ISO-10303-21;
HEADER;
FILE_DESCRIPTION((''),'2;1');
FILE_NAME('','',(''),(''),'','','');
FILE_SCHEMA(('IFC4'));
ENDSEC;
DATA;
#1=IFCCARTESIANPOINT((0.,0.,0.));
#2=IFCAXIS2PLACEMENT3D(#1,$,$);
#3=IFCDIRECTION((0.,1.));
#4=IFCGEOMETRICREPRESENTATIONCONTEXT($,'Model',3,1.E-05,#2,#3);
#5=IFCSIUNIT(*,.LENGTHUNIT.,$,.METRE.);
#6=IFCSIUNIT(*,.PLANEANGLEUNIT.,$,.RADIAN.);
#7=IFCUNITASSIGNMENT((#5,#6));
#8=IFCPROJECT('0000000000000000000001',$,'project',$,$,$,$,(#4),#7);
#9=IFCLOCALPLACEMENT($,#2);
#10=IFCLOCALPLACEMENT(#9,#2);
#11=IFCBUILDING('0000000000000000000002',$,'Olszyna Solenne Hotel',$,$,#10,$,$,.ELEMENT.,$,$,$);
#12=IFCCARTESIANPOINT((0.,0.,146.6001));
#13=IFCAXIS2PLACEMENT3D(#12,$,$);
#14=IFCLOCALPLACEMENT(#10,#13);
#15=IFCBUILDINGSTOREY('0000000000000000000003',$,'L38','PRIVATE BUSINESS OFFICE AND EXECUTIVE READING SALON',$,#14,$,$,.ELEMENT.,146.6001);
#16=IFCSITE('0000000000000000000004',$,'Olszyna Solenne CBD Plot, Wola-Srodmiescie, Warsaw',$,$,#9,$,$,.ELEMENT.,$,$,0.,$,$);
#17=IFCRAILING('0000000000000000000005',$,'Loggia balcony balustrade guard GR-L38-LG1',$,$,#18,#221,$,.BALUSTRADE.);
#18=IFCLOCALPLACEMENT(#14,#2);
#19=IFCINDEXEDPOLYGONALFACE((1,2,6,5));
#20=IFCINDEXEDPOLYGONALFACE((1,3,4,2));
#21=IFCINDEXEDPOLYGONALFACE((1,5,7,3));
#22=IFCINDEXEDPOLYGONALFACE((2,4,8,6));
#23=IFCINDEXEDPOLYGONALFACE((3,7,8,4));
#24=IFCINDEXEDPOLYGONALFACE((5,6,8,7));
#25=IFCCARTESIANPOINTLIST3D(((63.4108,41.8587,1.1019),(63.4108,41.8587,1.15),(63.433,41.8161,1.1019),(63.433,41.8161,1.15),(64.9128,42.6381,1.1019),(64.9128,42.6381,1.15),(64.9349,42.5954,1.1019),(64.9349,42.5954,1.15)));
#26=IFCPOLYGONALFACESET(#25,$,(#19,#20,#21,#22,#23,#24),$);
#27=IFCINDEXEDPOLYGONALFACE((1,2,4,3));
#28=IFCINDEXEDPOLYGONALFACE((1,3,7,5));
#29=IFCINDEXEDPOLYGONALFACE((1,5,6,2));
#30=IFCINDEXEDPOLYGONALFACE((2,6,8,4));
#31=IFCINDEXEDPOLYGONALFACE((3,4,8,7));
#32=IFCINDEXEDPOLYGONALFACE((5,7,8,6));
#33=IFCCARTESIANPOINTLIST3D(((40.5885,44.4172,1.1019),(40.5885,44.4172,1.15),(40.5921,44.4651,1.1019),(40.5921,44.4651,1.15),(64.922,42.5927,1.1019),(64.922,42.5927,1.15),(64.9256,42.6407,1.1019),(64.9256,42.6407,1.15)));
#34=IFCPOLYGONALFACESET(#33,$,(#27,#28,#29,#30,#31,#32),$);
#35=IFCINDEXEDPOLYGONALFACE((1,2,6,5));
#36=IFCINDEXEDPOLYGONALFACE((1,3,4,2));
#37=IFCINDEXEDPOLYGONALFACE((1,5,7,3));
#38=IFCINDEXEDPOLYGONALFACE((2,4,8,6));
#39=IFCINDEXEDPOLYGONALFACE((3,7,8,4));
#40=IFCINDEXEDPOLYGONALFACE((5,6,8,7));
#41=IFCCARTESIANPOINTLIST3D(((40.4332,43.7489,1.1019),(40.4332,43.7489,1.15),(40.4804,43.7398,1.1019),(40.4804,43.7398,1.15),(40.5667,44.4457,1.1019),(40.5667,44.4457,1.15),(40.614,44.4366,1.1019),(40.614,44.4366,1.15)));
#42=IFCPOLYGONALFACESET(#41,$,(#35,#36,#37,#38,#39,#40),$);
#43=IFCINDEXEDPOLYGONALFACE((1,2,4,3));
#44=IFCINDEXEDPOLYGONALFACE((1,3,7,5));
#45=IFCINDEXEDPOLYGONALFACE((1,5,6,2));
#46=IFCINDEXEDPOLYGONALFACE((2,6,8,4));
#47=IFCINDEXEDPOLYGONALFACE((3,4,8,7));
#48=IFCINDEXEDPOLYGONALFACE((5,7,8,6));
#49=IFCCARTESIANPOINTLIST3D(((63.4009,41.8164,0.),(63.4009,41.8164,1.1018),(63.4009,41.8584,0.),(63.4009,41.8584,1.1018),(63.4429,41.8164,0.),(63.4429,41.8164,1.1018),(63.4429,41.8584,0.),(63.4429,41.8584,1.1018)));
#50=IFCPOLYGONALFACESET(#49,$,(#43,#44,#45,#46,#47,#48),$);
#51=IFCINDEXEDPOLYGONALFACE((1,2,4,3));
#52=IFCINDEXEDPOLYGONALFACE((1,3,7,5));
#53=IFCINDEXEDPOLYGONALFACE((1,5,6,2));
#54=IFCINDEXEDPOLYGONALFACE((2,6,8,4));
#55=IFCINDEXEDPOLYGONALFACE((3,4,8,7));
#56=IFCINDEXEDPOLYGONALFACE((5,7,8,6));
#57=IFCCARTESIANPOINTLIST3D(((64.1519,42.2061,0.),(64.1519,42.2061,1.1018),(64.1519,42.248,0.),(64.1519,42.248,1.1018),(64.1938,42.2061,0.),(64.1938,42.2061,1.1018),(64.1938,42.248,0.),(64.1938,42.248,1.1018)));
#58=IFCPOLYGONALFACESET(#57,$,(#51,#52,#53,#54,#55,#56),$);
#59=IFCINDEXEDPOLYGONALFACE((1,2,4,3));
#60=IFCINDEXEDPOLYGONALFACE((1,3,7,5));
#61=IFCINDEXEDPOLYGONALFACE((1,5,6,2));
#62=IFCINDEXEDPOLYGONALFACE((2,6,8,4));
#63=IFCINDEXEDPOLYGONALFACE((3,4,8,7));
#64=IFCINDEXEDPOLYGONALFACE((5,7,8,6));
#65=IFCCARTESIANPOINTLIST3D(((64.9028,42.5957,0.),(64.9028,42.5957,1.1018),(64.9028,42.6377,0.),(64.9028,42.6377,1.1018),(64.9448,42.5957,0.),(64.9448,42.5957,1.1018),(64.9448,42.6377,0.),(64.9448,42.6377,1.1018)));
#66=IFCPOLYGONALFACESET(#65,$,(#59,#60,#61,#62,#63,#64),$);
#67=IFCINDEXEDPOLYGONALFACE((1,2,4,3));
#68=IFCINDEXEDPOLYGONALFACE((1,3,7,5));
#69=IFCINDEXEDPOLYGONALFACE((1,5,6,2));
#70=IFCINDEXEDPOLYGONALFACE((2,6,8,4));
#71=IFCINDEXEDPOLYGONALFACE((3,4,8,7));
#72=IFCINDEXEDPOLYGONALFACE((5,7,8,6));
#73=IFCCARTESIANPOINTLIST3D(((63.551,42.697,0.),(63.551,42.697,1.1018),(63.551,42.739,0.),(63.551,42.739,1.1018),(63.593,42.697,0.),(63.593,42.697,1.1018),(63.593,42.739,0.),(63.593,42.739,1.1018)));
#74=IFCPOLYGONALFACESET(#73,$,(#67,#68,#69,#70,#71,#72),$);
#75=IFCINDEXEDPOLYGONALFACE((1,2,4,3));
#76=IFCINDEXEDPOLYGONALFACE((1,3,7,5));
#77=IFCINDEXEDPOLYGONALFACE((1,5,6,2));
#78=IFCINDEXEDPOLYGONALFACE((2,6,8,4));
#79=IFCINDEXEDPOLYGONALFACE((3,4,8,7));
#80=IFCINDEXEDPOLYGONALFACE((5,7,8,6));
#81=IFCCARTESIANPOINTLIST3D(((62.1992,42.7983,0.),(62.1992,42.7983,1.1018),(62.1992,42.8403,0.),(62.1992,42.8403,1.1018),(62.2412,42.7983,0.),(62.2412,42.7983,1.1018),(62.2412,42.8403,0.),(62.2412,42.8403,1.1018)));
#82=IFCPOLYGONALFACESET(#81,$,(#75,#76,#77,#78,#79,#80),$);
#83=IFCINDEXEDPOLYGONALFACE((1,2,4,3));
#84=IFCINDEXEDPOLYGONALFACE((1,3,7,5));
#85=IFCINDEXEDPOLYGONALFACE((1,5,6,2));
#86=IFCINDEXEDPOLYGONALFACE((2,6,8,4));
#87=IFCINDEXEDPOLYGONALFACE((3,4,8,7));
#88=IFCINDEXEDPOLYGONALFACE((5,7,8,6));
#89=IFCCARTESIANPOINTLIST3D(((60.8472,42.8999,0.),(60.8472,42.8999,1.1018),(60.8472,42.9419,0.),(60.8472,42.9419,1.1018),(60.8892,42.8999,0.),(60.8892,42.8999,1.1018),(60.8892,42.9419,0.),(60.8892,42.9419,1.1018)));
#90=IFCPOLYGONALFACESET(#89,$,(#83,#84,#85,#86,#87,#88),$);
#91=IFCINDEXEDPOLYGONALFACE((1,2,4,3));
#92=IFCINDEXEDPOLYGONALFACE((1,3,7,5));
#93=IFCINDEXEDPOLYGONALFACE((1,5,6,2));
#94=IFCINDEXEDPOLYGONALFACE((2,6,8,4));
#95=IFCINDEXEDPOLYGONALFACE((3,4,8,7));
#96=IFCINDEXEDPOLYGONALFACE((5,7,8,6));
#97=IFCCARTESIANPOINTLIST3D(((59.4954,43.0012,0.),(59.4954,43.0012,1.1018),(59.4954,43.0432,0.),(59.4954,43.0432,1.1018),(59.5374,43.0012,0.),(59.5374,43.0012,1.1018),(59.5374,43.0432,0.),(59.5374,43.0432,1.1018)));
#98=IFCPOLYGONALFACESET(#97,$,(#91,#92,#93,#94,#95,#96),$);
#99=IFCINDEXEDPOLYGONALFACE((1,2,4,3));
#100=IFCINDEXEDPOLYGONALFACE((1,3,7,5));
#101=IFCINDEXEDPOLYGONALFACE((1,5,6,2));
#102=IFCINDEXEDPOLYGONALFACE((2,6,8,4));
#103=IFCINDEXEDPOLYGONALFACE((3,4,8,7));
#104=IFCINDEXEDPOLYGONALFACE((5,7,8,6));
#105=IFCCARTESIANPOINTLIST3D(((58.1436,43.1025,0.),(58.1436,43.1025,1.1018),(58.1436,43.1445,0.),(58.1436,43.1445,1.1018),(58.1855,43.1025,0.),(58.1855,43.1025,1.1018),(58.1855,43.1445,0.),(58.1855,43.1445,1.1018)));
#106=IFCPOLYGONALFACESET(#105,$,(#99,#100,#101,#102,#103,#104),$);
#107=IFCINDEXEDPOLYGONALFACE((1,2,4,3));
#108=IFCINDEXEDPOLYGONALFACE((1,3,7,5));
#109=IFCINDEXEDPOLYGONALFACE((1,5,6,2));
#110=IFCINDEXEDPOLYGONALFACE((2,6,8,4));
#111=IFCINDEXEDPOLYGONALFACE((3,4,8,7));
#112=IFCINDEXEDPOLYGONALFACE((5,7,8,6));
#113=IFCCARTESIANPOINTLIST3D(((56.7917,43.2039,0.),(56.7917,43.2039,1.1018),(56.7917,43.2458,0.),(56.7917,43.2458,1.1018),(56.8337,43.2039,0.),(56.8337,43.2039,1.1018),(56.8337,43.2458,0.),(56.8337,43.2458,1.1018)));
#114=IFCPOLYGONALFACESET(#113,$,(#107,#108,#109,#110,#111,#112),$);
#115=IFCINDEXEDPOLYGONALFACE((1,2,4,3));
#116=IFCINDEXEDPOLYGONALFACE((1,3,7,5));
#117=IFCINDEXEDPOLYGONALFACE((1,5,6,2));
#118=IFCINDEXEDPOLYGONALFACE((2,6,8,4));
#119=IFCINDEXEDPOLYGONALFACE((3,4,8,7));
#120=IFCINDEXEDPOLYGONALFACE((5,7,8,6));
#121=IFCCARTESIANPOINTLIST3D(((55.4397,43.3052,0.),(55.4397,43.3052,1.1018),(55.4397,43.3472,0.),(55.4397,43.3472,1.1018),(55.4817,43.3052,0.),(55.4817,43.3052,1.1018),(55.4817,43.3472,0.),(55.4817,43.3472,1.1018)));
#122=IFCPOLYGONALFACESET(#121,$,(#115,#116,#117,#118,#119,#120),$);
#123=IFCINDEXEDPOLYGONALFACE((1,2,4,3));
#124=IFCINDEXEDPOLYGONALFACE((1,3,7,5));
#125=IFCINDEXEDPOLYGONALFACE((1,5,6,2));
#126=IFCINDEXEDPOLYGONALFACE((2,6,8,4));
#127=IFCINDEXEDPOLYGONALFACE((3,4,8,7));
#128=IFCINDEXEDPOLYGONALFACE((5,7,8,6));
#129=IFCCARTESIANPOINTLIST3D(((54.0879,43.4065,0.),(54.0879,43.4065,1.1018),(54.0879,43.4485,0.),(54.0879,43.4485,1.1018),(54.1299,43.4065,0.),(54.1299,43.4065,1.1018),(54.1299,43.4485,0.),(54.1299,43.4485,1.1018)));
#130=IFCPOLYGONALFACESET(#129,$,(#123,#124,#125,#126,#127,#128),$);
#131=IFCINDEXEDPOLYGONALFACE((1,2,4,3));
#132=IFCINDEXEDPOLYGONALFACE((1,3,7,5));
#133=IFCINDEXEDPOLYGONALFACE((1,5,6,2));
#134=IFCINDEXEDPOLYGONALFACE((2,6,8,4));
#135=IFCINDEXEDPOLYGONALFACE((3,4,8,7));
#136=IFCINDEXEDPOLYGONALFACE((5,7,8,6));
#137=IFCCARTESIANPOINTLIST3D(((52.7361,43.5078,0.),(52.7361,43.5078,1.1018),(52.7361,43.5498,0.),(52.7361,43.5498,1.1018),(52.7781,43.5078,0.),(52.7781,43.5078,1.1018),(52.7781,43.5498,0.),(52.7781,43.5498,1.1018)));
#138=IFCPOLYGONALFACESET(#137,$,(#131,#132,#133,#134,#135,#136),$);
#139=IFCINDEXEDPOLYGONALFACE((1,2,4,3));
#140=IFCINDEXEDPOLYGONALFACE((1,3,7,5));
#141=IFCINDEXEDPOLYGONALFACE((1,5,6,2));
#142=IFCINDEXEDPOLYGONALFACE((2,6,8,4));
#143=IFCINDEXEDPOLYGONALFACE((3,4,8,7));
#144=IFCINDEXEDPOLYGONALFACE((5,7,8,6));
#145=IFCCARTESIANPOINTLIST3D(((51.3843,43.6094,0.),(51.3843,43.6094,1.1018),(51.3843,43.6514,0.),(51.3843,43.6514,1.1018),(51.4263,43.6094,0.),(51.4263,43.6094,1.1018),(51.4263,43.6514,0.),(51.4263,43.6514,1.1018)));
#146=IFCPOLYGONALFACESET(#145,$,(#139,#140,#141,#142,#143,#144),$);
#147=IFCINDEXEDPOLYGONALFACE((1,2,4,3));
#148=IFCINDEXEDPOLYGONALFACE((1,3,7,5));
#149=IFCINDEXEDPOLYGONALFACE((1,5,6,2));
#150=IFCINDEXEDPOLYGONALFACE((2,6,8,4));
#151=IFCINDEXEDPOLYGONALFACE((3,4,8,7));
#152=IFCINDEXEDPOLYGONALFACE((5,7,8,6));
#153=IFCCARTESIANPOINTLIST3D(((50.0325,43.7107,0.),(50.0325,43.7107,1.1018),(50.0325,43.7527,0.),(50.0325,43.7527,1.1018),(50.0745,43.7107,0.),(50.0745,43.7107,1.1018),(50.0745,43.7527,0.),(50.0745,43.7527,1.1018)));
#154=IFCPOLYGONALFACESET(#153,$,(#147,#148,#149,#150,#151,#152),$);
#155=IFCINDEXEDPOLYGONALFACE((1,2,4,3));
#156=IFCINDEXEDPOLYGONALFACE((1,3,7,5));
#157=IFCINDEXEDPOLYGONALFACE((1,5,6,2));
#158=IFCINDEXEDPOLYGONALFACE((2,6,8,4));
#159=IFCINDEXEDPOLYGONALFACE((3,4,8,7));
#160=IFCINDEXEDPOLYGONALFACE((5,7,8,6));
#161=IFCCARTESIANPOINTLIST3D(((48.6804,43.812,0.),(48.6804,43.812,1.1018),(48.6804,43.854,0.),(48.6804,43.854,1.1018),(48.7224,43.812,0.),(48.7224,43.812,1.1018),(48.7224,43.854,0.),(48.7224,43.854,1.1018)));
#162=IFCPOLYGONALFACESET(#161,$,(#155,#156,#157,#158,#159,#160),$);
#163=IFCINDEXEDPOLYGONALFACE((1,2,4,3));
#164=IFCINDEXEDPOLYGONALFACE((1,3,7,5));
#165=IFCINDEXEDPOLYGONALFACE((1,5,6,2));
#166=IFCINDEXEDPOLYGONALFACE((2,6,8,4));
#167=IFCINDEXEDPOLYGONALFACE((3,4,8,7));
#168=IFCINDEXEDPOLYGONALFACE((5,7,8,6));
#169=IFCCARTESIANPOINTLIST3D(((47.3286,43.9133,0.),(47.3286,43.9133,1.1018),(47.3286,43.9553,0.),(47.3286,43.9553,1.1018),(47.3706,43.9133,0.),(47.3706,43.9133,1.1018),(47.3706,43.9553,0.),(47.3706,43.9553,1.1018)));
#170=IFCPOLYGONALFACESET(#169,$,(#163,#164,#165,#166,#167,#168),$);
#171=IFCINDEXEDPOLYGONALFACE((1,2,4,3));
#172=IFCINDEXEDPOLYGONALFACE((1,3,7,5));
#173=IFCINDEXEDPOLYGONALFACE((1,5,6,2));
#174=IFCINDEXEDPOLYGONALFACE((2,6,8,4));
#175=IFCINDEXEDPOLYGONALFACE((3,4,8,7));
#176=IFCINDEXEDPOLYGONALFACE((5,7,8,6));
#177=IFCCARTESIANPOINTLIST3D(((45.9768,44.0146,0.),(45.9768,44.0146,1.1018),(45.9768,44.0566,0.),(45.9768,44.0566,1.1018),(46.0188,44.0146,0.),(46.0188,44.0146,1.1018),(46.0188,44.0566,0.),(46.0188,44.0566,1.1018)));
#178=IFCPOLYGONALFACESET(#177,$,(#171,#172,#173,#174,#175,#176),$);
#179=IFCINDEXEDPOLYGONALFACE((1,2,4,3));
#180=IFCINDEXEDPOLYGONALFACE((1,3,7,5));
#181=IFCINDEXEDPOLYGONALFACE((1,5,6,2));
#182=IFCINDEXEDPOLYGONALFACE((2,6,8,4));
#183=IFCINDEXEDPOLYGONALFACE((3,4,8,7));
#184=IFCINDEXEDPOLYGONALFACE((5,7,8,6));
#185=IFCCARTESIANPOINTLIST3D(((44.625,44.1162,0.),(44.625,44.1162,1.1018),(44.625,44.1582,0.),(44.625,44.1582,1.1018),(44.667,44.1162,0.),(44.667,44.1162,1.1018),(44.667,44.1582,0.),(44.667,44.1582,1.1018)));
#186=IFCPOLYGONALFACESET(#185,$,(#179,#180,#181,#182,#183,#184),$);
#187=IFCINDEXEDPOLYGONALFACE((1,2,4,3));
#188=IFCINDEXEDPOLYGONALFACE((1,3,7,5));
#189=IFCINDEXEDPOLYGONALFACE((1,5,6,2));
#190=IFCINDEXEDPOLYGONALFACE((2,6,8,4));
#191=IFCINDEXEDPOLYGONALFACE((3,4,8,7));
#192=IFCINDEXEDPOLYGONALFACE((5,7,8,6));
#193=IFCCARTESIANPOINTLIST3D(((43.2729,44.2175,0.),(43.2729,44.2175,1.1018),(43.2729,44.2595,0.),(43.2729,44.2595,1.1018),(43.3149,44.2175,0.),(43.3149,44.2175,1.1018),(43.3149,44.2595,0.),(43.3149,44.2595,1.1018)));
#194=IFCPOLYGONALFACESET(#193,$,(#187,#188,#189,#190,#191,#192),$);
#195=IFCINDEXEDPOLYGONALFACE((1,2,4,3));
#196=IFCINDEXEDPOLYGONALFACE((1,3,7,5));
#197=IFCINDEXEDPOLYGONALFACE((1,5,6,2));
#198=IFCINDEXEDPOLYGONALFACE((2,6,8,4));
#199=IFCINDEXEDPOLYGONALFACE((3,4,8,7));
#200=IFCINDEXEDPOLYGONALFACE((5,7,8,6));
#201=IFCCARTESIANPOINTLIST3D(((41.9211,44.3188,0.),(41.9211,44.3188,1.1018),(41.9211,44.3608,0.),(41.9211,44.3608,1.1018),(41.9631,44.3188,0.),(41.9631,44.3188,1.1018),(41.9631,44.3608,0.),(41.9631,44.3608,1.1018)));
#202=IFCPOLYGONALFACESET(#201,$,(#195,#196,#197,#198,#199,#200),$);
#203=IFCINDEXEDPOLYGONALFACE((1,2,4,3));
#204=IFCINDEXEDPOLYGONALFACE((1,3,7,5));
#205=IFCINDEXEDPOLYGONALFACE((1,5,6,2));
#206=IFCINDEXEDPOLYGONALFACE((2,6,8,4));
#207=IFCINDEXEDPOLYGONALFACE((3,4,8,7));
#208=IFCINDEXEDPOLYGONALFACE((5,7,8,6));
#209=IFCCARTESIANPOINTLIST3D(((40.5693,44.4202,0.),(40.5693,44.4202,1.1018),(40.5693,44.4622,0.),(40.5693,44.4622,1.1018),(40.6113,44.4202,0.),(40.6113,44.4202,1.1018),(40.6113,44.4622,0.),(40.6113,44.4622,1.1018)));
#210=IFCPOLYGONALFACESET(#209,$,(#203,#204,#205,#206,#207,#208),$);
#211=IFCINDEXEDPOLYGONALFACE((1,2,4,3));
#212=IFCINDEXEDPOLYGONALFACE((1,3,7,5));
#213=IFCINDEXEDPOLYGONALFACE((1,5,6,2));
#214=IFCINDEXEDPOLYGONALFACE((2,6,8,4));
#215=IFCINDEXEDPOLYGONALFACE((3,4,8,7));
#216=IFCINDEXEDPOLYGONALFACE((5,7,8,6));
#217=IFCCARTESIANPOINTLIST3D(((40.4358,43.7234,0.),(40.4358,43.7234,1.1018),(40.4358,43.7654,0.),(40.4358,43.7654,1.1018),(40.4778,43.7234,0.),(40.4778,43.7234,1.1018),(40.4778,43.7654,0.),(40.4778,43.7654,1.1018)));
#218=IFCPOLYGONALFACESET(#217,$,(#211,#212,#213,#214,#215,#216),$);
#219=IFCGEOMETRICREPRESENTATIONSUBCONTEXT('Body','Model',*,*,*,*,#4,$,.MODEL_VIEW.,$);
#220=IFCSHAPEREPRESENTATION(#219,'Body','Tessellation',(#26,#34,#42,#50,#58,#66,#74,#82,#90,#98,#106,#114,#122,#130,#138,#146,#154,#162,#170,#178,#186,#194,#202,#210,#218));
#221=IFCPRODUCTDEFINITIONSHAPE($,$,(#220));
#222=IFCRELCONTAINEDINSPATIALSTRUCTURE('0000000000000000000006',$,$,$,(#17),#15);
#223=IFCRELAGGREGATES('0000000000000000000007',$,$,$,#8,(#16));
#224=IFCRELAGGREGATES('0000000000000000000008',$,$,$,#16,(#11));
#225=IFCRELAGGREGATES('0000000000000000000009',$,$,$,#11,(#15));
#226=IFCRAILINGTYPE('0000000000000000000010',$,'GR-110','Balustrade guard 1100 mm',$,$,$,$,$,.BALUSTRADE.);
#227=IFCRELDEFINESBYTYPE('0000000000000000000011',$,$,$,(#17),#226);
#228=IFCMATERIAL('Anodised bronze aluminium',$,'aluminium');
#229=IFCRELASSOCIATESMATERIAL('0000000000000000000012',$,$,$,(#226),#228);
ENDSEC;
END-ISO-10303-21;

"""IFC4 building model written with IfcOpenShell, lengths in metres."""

from ifc_helpers import new_model, si_unit, direction, frame, origin, origin_2d, place, context, subcontext, project, spatial, rectangle, extrude, material, type_object, element, save


model = new_model("IFC4")

# Units and contexts
model_context = context("Model", 3, precision=1e-05, world=origin(), true_north=direction((0.0, 1.0)))
body_context = subcontext(model_context, "Body", "Model", "MODEL_VIEW")
ifc_project = project(units=[si_unit("LENGTHUNIT", "METRE"), si_unit("PLANEANGLEUNIT", "RADIAN")], contexts=[model_context])

# Site, building, storey
site_placement = place(None, origin())
site = spatial("IfcSite", under=ifc_project, at=site_placement, Name="Olszyna Solenne CBD Plot, Wola-Srodmiescie, Warsaw", CompositionType="ELEMENT", RefElevation=0.0)
building_placement = place(site_placement, origin())
building = spatial("IfcBuilding", under=site, at=building_placement, Name="Olszyna Solenne Hotel", CompositionType="ELEMENT")
storey_placement = place(building_placement, frame((0.0, 0.0, 146.6001)))
storey = spatial("IfcBuildingStorey", under=building, at=storey_placement, Name="L38", Description="PRIVATE BUSINESS OFFICE AND EXECUTIVE READING SALON", CompositionType="ELEMENT", Elevation=146.6001)

# Railing
ifc_material_1 = material(Name="Anodised bronze aluminium", Category="aluminium")
railing_type = type_object("IfcRailingType", Name="GR-110", Description="Balustrade guard 1100 mm", PredefinedType="BALUSTRADE", material=ifc_material_1)
railing_placement = place(storey_placement, frame((63.4219, 41.8374, 0.0)))
element("IfcRailing", 1, at=railing_placement, inside=storey, type_object=railing_type, Name="Loggia balcony balustrade guard GR-L38-LG1", PredefinedType="BALUSTRADE", context=body_context, shape_type="SweptSolid", body=[
    extrude(rectangle(XDim=0.0481, YDim=0.0481, at=origin_2d()), frame((0.0, 0.0, 1.126), z_axis=(0.887632, 0.460553, 0.0), x_axis=(-0.460553, 0.887632, 0.0)), (0.0, 0.0, 1.0), 1.6921),
    extrude(rectangle(XDim=0.0481, YDim=0.0481, at=origin_2d()), frame((1.502, 0.7793, 1.126), z_axis=(-0.997201, 0.074768, 0.0), x_axis=(-0.074768, -0.997201, 0.0)), (0.0, 0.0, 1.0), 24.4019),
    extrude(rectangle(XDim=0.0481, YDim=0.0481, at=origin_2d()), frame((-22.8315, 2.6038, 1.126), z_axis=(-0.188235, -0.982124, 0.0), x_axis=(0.982124, -0.188235, 0.0)), (0.0, 0.0, 1.0), 0.7095),
    extrude(rectangle(XDim=0.042, YDim=0.042, at=origin_2d()), origin(), (0.0, 0.0, 1.0), 1.1018),
    extrude(rectangle(XDim=0.042, YDim=0.042, at=origin_2d()), frame((0.751, 0.3896, 0.0)), (0.0, 0.0, 1.0), 1.1018),
    extrude(rectangle(XDim=0.042, YDim=0.042, at=origin_2d()), frame((1.502, 0.7793, 0.0)), (0.0, 0.0, 1.0), 1.1018),
    extrude(rectangle(XDim=0.042, YDim=0.042, at=origin_2d()), frame((0.1501, 0.8806, 0.0)), (0.0, 0.0, 1.0), 1.1018),
    extrude(rectangle(XDim=0.042, YDim=0.042, at=origin_2d()), frame((-1.2017, 0.9819, 0.0)), (0.0, 0.0, 1.0), 1.1018),
    extrude(rectangle(XDim=0.042, YDim=0.042, at=origin_2d()), frame((-2.5537, 1.0835, 0.0)), (0.0, 0.0, 1.0), 1.1018),
    extrude(rectangle(XDim=0.042, YDim=0.042, at=origin_2d()), frame((-3.9055, 1.1848, 0.0)), (0.0, 0.0, 1.0), 1.1018),
    extrude(rectangle(XDim=0.042, YDim=0.042, at=origin_2d()), frame((-5.2573, 1.2861, 0.0)), (0.0, 0.0, 1.0), 1.1018),
    extrude(rectangle(XDim=0.042, YDim=0.042, at=origin_2d()), frame((-6.6091, 1.3875, 0.0)), (0.0, 0.0, 1.0), 1.1018),
    extrude(rectangle(XDim=0.042, YDim=0.042, at=origin_2d()), frame((-7.9612, 1.4888, 0.0)), (0.0, 0.0, 1.0), 1.1018),
    extrude(rectangle(XDim=0.042, YDim=0.042, at=origin_2d()), frame((-9.313, 1.5901, 0.0)), (0.0, 0.0, 1.0), 1.1018),
    extrude(rectangle(XDim=0.042, YDim=0.042, at=origin_2d()), frame((-10.6648, 1.6914, 0.0)), (0.0, 0.0, 1.0), 1.1018),
    extrude(rectangle(XDim=0.042, YDim=0.042, at=origin_2d()), frame((-12.0166, 1.793, 0.0)), (0.0, 0.0, 1.0), 1.1018),
    extrude(rectangle(XDim=0.042, YDim=0.042, at=origin_2d()), frame((-13.3684, 1.8943, 0.0)), (0.0, 0.0, 1.0), 1.1018),
    extrude(rectangle(XDim=0.042, YDim=0.042, at=origin_2d()), frame((-14.7205, 1.9956, 0.0)), (0.0, 0.0, 1.0), 1.1018),
    extrude(rectangle(XDim=0.042, YDim=0.042, at=origin_2d()), frame((-16.0723, 2.0969, 0.0)), (0.0, 0.0, 1.0), 1.1018),
    extrude(rectangle(XDim=0.042, YDim=0.042, at=origin_2d()), frame((-17.4241, 2.1982, 0.0)), (0.0, 0.0, 1.0), 1.1018),
    extrude(rectangle(XDim=0.042, YDim=0.042, at=origin_2d()), frame((-18.7759, 2.2998, 0.0)), (0.0, 0.0, 1.0), 1.1018),
    extrude(rectangle(XDim=0.042, YDim=0.042, at=origin_2d()), frame((-20.1279, 2.4011, 0.0)), (0.0, 0.0, 1.0), 1.1018),
    extrude(rectangle(XDim=0.042, YDim=0.042, at=origin_2d()), frame((-21.4797, 2.5024, 0.0)), (0.0, 0.0, 1.0), 1.1018),
    extrude(rectangle(XDim=0.042, YDim=0.042, at=origin_2d()), frame((-22.8315, 2.6038, 0.0)), (0.0, 0.0, 1.0), 1.1018),
    extrude(rectangle(XDim=0.042, YDim=0.042, at=origin_2d()), frame((-22.9651, 1.907, 0.0)), (0.0, 0.0, 1.0), 1.1018),
])

save(model, "model.ifc")
